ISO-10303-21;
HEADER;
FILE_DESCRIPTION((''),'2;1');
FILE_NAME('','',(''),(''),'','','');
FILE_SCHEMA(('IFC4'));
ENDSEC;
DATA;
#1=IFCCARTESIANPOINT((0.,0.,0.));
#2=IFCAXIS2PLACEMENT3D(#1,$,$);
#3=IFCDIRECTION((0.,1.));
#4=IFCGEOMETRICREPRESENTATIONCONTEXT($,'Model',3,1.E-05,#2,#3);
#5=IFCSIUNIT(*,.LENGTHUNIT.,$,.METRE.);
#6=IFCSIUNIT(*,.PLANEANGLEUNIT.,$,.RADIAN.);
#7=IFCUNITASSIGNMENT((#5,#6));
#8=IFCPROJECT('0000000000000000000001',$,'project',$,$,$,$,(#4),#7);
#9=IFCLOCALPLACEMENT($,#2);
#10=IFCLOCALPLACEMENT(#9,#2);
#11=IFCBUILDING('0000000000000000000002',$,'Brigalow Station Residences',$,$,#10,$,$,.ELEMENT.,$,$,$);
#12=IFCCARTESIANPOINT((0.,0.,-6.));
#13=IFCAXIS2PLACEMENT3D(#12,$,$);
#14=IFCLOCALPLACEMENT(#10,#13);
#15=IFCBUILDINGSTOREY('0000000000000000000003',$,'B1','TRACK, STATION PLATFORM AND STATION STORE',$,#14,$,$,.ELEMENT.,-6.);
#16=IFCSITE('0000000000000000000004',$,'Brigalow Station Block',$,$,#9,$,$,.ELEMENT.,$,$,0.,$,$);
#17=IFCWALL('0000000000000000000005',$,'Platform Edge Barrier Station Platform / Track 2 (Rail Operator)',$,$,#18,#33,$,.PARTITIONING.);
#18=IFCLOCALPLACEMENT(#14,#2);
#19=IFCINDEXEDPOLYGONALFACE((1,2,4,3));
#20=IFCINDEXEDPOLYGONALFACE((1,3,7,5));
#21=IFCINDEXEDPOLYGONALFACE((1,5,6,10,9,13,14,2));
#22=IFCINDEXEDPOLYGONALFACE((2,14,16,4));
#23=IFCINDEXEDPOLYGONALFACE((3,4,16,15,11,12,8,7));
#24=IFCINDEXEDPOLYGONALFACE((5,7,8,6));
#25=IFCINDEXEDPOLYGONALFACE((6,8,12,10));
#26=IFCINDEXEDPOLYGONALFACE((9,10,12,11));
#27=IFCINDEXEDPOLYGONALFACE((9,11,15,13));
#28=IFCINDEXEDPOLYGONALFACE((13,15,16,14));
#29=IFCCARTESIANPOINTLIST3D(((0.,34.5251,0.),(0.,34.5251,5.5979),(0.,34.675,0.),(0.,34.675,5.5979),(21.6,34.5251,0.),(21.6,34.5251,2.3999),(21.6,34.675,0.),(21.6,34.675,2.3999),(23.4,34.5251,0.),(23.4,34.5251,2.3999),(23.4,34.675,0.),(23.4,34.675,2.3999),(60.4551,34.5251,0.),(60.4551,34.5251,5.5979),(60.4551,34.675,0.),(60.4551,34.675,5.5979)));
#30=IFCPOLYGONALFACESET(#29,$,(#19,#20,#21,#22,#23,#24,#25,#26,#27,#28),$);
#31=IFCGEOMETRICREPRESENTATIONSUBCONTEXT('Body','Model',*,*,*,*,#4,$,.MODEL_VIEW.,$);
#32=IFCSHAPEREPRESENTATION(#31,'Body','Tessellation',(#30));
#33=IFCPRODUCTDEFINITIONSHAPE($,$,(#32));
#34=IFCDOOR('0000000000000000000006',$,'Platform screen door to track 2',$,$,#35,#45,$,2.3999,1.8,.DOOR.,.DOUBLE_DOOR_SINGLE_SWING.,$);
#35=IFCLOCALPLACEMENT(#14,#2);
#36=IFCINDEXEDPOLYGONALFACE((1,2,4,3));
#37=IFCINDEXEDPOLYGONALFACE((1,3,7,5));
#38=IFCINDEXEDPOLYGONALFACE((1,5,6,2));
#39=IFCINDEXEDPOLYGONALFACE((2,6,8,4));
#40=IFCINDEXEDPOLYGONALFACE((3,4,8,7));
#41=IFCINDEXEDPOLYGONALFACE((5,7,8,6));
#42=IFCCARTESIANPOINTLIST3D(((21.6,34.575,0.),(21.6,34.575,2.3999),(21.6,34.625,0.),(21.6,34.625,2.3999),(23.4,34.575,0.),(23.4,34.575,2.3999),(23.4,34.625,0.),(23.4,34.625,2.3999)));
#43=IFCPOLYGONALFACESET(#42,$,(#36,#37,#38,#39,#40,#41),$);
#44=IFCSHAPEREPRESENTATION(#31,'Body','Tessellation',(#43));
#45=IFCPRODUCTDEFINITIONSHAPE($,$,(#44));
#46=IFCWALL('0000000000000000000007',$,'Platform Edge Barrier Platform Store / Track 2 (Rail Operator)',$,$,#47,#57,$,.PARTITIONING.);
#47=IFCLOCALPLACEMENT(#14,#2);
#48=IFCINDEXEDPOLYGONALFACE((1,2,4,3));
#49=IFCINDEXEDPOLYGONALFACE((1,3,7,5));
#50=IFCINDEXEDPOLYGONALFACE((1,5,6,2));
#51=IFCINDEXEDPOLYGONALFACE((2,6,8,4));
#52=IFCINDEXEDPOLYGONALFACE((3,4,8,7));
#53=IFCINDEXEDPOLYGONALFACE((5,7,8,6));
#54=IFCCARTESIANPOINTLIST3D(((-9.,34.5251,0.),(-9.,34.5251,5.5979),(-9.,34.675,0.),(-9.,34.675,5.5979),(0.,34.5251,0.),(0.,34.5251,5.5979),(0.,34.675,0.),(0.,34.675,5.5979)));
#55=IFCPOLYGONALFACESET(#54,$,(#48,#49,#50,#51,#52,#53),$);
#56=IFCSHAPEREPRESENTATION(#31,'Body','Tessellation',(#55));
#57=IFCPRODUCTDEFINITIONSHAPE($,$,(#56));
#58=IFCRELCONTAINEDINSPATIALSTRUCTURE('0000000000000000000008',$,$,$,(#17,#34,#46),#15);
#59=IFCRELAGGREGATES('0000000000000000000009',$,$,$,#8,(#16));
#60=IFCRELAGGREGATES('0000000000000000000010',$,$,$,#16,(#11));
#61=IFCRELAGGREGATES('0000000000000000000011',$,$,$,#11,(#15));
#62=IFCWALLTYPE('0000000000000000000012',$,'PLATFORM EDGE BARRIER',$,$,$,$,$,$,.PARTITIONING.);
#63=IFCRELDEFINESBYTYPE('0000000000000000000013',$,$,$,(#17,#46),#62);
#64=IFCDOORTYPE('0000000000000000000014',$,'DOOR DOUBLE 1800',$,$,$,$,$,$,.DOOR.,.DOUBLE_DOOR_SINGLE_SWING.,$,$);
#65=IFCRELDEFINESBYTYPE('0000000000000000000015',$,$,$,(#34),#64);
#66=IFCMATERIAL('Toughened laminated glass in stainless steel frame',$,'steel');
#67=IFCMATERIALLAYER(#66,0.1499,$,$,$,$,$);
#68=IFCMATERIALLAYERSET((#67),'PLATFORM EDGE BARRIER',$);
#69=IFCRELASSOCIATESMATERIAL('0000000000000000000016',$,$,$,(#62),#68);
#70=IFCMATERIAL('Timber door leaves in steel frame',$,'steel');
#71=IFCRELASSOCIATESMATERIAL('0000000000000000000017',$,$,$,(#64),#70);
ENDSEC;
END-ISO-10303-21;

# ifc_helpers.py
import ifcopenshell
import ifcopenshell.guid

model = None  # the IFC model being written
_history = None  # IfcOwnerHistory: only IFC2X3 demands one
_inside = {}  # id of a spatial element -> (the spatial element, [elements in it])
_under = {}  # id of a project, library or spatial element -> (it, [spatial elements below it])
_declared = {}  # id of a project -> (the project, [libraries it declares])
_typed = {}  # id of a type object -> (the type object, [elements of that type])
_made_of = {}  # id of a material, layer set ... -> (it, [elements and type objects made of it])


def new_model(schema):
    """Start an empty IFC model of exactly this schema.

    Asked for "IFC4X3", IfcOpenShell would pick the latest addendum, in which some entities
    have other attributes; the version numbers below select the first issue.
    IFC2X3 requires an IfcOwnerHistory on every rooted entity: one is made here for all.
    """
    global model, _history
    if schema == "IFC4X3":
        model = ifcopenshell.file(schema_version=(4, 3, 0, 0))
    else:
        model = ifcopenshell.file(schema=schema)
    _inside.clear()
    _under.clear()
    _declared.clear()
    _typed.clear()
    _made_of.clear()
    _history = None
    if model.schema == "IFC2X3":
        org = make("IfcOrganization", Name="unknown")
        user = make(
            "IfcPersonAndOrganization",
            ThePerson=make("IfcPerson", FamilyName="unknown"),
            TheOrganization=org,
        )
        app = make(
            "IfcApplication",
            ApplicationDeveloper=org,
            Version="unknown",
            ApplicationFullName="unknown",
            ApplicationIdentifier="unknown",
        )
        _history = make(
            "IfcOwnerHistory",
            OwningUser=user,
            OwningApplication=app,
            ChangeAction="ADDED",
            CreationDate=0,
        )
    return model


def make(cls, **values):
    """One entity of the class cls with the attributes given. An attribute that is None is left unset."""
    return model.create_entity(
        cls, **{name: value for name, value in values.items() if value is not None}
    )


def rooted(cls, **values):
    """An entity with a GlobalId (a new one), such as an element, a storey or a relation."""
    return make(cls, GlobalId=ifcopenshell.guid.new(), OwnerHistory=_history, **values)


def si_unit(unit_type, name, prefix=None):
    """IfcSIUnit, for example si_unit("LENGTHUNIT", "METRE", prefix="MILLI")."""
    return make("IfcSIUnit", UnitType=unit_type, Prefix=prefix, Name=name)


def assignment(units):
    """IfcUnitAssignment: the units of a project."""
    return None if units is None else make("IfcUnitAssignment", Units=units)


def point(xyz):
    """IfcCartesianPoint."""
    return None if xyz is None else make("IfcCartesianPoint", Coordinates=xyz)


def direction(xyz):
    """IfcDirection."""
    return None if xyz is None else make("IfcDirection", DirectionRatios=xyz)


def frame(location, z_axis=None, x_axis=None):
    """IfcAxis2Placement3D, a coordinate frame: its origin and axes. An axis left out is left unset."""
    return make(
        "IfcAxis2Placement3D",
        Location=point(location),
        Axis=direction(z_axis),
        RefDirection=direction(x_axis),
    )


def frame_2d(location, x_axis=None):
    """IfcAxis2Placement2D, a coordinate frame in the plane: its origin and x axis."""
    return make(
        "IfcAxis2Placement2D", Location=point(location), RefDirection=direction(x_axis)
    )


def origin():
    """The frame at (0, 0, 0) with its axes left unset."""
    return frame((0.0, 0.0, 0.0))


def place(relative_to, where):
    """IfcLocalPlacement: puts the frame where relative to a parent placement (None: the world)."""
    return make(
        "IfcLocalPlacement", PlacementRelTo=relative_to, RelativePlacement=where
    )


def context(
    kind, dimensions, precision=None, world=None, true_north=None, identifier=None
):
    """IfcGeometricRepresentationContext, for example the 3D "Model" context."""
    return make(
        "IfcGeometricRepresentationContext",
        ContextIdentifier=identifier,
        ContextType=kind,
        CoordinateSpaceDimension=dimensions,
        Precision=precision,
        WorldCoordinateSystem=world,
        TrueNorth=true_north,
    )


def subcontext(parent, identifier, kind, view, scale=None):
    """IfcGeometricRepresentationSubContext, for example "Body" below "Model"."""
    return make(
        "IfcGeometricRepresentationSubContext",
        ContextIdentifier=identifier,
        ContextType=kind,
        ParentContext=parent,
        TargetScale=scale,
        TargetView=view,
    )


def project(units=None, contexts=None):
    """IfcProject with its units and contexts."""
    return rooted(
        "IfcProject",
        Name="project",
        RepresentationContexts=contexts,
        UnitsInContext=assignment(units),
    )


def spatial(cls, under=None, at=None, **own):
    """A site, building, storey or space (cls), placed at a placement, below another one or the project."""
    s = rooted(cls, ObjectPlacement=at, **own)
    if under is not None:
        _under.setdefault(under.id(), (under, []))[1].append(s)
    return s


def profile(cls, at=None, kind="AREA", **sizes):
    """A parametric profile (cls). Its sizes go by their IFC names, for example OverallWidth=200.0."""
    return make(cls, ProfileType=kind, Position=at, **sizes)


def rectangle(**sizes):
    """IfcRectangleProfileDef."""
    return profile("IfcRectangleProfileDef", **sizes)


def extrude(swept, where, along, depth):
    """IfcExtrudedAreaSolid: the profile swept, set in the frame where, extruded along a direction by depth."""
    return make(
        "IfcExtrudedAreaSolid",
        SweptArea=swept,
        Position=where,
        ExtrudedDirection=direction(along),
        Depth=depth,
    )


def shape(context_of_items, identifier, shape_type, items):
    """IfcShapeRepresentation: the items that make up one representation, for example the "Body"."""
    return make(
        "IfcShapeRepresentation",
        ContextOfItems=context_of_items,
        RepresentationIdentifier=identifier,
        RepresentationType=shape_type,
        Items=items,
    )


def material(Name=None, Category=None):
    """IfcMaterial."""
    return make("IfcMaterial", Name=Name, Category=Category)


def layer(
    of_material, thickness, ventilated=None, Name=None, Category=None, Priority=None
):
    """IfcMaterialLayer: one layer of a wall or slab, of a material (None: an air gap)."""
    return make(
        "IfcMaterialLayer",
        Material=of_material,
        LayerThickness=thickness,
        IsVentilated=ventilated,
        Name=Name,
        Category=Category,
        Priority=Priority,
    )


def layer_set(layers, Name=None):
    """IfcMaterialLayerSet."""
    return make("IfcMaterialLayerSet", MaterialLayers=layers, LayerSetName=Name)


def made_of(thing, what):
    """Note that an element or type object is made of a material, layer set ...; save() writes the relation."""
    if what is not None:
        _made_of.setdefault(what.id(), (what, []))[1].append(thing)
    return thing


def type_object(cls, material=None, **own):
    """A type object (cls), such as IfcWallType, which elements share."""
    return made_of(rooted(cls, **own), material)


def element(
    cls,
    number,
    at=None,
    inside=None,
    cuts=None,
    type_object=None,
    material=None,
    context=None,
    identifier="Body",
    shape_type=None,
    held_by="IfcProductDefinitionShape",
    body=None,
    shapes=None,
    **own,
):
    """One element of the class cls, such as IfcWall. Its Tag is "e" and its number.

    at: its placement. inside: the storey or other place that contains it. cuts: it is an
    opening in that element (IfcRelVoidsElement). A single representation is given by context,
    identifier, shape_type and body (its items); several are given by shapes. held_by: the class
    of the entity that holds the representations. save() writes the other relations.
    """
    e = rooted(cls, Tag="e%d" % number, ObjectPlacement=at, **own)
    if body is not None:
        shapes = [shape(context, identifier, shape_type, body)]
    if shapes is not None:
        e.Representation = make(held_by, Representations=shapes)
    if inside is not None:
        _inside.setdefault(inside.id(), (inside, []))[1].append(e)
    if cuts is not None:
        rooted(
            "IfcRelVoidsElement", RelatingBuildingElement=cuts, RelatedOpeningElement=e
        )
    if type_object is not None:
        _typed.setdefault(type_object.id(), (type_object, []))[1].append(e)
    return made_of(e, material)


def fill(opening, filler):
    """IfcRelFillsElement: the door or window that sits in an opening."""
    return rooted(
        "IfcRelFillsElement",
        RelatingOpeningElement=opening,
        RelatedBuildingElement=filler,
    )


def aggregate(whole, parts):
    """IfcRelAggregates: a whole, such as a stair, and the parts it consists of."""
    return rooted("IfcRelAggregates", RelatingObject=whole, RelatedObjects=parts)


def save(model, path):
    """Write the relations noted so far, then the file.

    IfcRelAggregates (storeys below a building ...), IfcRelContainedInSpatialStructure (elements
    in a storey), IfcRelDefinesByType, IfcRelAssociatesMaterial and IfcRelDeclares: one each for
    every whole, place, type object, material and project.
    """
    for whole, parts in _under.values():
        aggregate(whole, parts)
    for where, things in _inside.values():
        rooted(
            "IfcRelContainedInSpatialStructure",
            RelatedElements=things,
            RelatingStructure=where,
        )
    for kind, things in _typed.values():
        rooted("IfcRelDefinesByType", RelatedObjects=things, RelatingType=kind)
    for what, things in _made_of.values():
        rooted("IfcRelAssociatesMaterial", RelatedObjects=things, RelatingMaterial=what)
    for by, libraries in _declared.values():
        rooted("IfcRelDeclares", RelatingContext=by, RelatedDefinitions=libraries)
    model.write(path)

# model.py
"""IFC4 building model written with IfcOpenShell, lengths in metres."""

from ifc_helpers import new_model, si_unit, direction, frame, frame_2d, origin, place, context, subcontext, project, spatial, rectangle, extrude, material, layer, layer_set, type_object, element, fill, save


model = new_model("IFC4")

# Units and contexts
model_context = context("Model", 3, precision=1e-05, world=origin(), true_north=direction((0.0, 1.0)))
body_context = subcontext(model_context, "Body", "Model", "MODEL_VIEW")
ifc_project = project(units=[si_unit("LENGTHUNIT", "METRE"), si_unit("PLANEANGLEUNIT", "RADIAN")], contexts=[model_context])

# Site, building, storey
site_placement = place(None, origin())
site = spatial("IfcSite", under=ifc_project, at=site_placement, Name="Brigalow Station Block", CompositionType="ELEMENT", RefElevation=0.0)
building_placement = place(site_placement, origin())
building = spatial("IfcBuilding", under=site, at=building_placement, Name="Brigalow Station Residences", CompositionType="ELEMENT")
storey_placement = place(building_placement, frame((0.0, 0.0, -6.0)))
storey = spatial("IfcBuildingStorey", under=building, at=storey_placement, Name="B1", Description="TRACK, STATION PLATFORM AND STATION STORE", CompositionType="ELEMENT", Elevation=-6.0)

# Wall, opening, door
ifc_material_1 = material(Name="Toughened laminated glass in stainless steel frame", Category="steel")
ifc_layer = layer(ifc_material_1, 0.1499)
ifc_layer_set = layer_set([ifc_layer], Name="PLATFORM EDGE BARRIER")
wall_type = type_object("IfcWallType", Name="PLATFORM EDGE BARRIER", PredefinedType="PARTITIONING", material=ifc_layer_set)
wall_1_placement = place(storey_placement, frame((0.0, 34.6001, 0.0), z_axis=(0.0, 0.0, 1.0), x_axis=(1.0, 0.0, 0.0)))
wall_1 = element("IfcWall", 1, at=wall_1_placement, inside=storey, type_object=wall_type, Name="Platform Edge Barrier Station Platform / Track 2 (Rail Operator)", PredefinedType="PARTITIONING", context=body_context, shape_type="SweptSolid", body=[
    extrude(rectangle(XDim=60.4551, YDim=0.1499, at=frame_2d((30.2275, 0.0))), origin(), (0.0, 0.0, 1.0), 5.5979),
])
opening_placement = place(wall_1_placement, frame((21.6001, 0.0, 0.0)))
opening = element("IfcOpeningElement", 2, at=opening_placement, cuts=wall_1, PredefinedType="OPENING", context=body_context, shape_type="SweptSolid", body=[
    extrude(rectangle(XDim=1.8, YDim=2.3999, at=frame_2d((0.8999, 1.2))), frame((0.0, 0.085, 0.0), z_axis=(0.0, -1.0, 0.0), x_axis=(1.0, 0.0, 0.0)), (0.0, 0.0, 1.0), 0.1699),
])
ifc_material_2 = material(Name="Timber door leaves in steel frame", Category="steel")
door_type = type_object("IfcDoorType", Name="DOOR DOUBLE 1800", OperationType="DOUBLE_DOOR_SINGLE_SWING", PredefinedType="DOOR", material=ifc_material_2)
door_placement = place(opening_placement, origin())
door = element("IfcDoor", 3, at=door_placement, inside=storey, type_object=door_type, Name="Platform screen door to track 2", OperationType="DOUBLE_DOOR_SINGLE_SWING", OverallHeight=2.3999, OverallWidth=1.8, PredefinedType="DOOR", context=body_context, shape_type="SweptSolid", body=[
    extrude(rectangle(XDim=1.8, YDim=2.3999, at=frame_2d((0.8999, 1.2))), frame((0.0, 0.0249, 0.0), z_axis=(0.0, -1.0, 0.0), x_axis=(1.0, 0.0, 0.0)), (0.0, 0.0, 1.0), 0.05),
])
fill(opening, door)

# Wall
wall_2_placement = place(storey_placement, frame((-9.0, 34.6001, 0.0), z_axis=(0.0, 0.0, 1.0), x_axis=(1.0, 0.0, 0.0)))
element("IfcWall", 4, at=wall_2_placement, inside=storey, type_object=wall_type, Name="Platform Edge Barrier Platform Store / Track 2 (Rail Operator)", PredefinedType="PARTITIONING", context=body_context, shape_type="SweptSolid", body=[
    extrude(rectangle(XDim=9.0, YDim=0.1499, at=frame_2d((4.5, 0.0))), origin(), (0.0, 0.0, 1.0), 5.5979),
])

save(model, "model.ifc")
